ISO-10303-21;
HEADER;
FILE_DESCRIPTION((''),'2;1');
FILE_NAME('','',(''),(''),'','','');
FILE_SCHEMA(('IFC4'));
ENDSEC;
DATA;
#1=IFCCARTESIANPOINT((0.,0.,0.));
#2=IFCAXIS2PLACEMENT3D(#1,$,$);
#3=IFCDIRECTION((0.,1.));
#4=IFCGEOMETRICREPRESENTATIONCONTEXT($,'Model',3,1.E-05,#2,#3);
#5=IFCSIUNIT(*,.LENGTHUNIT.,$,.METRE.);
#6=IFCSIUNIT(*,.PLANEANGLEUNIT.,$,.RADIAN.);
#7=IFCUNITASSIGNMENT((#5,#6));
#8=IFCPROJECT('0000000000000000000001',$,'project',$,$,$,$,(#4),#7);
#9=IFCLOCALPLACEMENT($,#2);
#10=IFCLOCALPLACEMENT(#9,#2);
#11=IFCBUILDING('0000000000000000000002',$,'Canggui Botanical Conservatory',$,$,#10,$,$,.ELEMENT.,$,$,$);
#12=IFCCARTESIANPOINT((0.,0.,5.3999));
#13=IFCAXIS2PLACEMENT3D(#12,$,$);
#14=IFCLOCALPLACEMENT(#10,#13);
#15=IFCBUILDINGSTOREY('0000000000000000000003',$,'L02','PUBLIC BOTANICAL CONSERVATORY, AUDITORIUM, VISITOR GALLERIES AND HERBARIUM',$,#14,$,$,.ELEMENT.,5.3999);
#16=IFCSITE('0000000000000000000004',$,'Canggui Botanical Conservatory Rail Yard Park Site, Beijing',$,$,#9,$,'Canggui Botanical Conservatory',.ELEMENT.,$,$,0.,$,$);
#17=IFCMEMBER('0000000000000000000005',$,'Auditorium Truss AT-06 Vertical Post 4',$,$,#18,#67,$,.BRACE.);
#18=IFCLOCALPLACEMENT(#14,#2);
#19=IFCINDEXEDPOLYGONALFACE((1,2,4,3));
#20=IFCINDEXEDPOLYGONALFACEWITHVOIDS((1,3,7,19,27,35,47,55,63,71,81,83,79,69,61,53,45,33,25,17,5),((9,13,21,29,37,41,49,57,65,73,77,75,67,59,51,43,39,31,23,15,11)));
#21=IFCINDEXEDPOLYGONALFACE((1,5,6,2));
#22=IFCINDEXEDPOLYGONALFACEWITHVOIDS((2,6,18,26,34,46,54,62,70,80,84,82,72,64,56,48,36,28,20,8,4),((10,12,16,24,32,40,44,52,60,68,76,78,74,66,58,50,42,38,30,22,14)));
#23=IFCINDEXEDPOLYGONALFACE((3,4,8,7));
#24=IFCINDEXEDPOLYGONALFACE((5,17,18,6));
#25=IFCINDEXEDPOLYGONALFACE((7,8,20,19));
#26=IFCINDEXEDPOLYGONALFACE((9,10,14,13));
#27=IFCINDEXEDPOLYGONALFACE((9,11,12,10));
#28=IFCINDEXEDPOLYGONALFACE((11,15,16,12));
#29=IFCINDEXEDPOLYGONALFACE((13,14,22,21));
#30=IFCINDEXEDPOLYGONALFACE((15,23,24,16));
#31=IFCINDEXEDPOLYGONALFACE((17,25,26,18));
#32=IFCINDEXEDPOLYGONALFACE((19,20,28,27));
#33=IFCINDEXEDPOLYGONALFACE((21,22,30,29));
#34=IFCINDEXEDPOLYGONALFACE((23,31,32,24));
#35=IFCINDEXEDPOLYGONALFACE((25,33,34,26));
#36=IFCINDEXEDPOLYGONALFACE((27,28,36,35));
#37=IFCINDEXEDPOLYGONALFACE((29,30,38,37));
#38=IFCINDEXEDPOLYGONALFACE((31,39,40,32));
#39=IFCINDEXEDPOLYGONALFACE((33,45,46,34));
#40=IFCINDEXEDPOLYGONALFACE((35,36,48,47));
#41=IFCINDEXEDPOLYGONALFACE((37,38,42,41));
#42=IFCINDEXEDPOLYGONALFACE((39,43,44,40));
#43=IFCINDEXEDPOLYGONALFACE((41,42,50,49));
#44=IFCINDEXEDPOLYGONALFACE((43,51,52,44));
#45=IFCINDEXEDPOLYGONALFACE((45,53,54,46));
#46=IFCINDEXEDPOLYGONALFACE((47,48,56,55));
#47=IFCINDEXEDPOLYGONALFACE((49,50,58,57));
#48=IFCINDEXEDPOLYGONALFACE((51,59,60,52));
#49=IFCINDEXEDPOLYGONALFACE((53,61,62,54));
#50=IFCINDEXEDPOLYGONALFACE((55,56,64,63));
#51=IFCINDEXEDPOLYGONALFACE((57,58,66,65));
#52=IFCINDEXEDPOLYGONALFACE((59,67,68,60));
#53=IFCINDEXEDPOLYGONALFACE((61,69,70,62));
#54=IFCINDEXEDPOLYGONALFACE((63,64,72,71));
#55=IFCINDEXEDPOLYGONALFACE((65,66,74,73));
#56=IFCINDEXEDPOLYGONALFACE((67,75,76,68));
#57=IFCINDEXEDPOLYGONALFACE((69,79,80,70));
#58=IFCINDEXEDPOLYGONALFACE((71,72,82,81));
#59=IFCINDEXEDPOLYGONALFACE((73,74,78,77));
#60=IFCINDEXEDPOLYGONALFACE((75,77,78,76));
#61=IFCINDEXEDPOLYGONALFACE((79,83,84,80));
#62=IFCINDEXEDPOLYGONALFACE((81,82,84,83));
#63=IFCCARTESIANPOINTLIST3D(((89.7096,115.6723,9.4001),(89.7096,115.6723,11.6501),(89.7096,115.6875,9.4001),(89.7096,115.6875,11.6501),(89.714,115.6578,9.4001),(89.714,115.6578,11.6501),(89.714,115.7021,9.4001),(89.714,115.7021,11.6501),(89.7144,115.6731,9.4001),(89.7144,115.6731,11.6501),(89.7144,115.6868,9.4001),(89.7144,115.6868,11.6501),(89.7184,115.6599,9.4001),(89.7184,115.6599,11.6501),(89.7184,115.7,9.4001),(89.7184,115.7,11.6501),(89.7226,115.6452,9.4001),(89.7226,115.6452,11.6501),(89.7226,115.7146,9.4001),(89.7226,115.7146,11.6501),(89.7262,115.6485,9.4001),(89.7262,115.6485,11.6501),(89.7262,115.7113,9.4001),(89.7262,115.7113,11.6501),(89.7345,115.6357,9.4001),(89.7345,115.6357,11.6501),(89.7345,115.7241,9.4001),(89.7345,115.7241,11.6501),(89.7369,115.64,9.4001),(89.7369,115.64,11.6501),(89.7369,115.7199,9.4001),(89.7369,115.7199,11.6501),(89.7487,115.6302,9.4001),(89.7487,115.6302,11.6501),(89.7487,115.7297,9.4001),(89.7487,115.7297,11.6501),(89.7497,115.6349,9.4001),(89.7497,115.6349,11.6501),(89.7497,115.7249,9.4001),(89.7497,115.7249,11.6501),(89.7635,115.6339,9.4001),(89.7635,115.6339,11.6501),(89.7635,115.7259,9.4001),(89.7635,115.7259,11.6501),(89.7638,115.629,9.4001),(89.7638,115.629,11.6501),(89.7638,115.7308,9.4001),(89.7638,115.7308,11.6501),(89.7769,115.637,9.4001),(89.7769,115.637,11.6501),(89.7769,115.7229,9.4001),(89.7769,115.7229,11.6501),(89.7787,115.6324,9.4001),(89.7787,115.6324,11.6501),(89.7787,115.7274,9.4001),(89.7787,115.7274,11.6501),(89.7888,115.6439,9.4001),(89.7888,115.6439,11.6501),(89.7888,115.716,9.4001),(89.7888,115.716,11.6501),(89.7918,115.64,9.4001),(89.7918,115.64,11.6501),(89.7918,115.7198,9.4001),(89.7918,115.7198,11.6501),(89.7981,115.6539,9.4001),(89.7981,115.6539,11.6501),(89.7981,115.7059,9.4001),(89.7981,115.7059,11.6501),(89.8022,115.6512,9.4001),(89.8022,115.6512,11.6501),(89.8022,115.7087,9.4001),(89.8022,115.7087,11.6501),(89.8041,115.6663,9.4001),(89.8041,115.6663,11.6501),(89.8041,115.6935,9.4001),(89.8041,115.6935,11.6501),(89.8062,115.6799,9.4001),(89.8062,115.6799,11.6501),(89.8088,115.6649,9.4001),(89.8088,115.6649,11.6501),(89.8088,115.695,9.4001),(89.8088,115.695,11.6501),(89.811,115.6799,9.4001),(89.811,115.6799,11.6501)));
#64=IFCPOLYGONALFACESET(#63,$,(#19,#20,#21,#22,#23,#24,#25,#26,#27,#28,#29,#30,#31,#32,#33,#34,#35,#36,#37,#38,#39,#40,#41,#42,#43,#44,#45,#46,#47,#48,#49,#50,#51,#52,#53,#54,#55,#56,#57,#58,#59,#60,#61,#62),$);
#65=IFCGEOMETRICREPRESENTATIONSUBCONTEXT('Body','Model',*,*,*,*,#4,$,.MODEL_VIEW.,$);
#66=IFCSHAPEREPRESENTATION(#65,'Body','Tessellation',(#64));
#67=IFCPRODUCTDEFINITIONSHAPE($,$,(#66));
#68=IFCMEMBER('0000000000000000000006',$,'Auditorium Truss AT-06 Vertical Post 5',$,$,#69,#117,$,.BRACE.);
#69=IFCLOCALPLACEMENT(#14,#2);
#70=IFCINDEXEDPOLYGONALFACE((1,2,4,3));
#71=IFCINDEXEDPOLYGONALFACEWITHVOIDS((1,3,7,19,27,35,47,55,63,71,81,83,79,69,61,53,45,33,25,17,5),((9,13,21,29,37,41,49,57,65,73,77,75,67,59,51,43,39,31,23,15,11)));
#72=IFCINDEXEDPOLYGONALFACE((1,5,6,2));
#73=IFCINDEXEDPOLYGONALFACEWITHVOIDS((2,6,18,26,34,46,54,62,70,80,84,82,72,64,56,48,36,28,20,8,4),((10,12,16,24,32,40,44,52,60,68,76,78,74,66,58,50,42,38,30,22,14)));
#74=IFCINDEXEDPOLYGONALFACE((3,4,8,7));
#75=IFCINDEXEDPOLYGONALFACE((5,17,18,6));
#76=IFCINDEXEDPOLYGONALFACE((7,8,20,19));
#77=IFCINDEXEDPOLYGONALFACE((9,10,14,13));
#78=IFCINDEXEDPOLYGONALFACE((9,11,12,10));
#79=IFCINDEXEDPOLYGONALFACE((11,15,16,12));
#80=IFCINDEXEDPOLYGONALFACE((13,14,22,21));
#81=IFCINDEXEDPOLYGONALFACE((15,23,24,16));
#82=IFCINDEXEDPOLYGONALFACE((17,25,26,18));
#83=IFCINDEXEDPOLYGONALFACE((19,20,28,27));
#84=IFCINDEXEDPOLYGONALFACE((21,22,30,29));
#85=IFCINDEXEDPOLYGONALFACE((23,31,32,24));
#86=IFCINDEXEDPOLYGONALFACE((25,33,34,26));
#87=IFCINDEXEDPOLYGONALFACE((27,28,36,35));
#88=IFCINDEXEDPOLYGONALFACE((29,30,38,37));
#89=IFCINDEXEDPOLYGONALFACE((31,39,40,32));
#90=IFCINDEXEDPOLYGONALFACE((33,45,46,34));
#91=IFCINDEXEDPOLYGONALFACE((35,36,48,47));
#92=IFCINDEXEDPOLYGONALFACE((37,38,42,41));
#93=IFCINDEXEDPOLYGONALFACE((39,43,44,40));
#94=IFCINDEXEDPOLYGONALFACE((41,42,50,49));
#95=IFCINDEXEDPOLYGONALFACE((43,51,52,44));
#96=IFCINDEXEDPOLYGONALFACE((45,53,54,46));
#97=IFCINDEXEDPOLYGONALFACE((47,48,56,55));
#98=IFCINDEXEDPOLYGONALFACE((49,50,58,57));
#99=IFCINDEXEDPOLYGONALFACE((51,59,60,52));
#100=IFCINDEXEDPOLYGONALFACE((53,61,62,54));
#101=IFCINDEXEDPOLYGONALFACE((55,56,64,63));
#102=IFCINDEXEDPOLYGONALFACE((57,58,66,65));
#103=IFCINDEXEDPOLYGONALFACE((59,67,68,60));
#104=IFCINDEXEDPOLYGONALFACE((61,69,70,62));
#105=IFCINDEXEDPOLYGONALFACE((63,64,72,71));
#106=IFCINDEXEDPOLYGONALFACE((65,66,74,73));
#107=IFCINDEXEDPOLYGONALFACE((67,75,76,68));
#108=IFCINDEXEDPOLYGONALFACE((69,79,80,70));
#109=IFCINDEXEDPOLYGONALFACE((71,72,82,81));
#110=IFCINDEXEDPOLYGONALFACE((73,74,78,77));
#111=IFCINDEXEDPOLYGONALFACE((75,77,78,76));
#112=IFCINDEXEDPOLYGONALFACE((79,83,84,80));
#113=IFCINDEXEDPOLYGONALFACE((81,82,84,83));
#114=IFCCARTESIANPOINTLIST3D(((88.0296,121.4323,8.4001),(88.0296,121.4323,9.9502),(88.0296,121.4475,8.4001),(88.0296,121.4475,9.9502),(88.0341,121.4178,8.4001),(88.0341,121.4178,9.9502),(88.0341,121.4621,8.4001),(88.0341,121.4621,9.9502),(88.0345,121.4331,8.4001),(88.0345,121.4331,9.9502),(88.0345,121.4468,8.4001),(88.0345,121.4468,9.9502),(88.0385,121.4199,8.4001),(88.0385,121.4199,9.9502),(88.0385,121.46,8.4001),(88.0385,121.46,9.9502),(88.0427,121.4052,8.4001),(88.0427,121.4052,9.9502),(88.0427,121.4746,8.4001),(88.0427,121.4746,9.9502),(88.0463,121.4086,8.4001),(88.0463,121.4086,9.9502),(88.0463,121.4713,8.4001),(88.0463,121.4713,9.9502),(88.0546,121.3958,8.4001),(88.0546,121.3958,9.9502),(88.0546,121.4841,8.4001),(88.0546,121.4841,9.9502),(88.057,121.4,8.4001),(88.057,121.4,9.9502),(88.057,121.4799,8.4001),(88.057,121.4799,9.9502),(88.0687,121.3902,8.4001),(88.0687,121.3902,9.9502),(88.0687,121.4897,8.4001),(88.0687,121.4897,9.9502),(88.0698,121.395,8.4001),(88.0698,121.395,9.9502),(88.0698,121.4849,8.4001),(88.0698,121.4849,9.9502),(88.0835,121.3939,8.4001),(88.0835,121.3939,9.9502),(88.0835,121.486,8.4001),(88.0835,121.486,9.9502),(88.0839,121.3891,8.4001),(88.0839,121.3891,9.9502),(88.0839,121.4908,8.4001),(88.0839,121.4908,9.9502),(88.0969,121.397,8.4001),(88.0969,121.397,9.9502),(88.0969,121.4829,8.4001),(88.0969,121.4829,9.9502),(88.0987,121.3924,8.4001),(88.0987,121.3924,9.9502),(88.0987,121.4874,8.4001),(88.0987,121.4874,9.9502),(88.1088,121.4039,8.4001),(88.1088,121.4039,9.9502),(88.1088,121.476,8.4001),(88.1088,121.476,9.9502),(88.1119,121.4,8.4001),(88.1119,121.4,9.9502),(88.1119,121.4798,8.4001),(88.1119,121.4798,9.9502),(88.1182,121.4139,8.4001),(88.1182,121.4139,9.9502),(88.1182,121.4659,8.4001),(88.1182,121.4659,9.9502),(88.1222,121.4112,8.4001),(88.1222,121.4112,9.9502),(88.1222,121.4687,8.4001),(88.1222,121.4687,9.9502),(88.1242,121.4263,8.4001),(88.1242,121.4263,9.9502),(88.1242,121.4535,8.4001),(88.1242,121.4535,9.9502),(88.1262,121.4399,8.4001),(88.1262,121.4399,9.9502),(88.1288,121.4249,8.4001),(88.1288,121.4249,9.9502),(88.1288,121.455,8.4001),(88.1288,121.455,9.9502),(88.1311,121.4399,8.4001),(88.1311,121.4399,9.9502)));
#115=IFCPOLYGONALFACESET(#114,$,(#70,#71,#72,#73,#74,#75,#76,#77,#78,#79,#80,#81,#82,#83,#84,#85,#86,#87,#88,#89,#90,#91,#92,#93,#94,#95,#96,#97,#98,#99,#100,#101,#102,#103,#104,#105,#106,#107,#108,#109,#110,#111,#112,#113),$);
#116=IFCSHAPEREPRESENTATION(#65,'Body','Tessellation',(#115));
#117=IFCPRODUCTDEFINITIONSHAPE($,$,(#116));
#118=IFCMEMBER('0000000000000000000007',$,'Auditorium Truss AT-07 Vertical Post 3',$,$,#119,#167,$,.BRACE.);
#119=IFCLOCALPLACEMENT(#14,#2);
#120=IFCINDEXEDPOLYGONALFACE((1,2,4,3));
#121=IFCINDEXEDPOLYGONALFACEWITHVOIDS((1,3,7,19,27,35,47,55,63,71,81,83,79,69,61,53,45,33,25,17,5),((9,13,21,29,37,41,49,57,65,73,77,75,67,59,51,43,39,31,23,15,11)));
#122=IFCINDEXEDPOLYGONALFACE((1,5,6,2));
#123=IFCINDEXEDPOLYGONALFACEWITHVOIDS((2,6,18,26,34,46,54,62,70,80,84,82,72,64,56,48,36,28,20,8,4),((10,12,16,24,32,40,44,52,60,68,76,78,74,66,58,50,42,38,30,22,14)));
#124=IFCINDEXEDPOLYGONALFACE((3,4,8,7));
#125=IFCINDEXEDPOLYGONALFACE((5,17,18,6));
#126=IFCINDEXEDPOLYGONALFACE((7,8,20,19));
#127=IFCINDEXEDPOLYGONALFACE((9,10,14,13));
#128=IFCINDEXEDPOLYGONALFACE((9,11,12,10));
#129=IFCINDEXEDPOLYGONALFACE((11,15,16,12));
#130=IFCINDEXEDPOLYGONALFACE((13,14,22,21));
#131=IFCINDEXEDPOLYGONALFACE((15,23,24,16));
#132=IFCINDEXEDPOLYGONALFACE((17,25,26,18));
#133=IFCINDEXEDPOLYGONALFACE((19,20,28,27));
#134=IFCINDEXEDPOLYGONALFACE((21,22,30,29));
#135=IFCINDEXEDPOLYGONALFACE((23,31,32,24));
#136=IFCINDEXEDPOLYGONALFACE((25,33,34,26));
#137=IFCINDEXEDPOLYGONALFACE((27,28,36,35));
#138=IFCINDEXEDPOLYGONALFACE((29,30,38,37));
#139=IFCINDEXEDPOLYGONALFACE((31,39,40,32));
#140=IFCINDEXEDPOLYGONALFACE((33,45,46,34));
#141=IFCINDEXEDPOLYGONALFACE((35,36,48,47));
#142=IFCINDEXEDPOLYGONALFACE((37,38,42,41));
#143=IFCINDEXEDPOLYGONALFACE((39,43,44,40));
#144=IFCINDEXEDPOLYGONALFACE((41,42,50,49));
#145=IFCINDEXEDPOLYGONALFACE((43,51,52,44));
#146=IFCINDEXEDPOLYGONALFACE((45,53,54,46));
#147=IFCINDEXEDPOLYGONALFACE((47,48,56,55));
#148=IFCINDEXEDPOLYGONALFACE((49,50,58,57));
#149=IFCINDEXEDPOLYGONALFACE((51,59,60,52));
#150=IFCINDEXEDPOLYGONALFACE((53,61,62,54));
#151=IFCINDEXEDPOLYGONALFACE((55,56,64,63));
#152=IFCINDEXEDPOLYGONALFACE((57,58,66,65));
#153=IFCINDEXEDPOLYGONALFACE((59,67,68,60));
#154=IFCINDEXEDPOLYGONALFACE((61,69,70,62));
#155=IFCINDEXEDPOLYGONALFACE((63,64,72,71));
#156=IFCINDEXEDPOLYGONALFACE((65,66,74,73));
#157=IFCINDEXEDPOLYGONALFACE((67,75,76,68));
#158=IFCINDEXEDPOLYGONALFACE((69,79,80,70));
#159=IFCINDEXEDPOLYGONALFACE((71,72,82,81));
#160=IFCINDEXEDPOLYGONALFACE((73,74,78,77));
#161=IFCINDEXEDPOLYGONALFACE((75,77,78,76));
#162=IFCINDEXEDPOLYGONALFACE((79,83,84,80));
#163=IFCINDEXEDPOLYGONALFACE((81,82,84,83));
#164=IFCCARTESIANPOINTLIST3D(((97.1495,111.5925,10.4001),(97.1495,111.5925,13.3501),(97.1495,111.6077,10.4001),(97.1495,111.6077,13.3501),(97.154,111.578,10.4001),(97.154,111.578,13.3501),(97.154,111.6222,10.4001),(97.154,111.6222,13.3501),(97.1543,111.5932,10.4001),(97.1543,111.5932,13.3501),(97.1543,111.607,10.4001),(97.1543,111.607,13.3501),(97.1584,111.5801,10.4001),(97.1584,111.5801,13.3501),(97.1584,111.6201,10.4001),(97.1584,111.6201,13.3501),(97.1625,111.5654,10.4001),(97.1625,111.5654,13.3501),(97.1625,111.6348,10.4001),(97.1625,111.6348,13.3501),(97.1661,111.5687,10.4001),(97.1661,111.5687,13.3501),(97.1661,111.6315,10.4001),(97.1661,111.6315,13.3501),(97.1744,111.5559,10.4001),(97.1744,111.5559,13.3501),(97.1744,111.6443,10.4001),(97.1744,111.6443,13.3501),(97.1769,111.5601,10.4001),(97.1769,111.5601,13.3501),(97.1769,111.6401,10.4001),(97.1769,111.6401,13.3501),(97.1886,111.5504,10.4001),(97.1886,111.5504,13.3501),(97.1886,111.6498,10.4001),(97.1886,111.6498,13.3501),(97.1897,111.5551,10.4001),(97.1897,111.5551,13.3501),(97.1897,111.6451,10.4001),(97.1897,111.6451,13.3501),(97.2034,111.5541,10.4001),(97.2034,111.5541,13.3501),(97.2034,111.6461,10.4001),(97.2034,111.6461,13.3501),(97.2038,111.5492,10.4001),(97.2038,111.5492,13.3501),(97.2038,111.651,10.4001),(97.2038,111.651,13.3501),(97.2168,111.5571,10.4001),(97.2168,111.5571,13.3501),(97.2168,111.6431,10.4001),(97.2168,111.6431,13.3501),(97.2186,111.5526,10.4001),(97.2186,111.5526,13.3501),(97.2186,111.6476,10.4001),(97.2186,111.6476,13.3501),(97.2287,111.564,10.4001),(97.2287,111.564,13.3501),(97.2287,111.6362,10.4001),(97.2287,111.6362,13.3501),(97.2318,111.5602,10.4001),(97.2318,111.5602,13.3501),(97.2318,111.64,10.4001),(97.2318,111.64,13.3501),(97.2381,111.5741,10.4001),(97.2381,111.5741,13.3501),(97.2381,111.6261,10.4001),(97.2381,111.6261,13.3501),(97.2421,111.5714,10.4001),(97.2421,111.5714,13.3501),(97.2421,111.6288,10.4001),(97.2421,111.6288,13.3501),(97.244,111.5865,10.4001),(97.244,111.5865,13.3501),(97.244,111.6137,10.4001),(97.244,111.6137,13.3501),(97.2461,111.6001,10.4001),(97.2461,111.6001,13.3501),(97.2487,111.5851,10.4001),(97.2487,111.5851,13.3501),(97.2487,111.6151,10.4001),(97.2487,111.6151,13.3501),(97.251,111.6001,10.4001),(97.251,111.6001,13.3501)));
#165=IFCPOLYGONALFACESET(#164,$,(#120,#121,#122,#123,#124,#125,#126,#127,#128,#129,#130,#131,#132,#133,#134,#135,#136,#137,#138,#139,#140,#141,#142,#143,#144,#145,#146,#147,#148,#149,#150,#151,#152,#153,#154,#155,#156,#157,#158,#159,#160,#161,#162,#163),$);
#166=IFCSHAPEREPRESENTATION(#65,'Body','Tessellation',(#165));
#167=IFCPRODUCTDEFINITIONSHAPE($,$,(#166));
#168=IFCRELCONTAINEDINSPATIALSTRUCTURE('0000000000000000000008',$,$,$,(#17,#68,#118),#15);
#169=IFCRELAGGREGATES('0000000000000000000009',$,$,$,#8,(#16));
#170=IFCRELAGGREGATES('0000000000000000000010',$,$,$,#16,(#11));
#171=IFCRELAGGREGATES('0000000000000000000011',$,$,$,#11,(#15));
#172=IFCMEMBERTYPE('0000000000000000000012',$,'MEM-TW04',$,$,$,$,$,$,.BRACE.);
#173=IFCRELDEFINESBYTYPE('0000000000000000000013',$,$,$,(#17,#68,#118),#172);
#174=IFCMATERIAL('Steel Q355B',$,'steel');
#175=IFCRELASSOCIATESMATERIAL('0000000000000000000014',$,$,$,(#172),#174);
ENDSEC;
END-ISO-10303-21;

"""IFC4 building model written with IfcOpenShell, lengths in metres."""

from ifc_helpers import new_model, si_unit, direction, frame, origin, origin_2d, place, context, subcontext, project, spatial, hollow_circle, extrude, material, material_profile, profile_set, type_object, element, save


model = new_model("IFC4")

# Units and contexts
model_context = context("Model", 3, precision=1e-05, world=origin(), true_north=direction((0.0, 1.0)))
body_context = subcontext(model_context, "Body", "Model", "MODEL_VIEW")
ifc_project = project(units=[si_unit("LENGTHUNIT", "METRE"), si_unit("PLANEANGLEUNIT", "RADIAN")], contexts=[model_context])

# Site, building, storey
site_placement = place(None, origin())
site = spatial("IfcSite", under=ifc_project, at=site_placement, Name="Canggui Botanical Conservatory Rail Yard Park Site, Beijing", LongName="Canggui Botanical Conservatory", CompositionType="ELEMENT", RefElevation=0.0)
building_placement = place(site_placement, origin())
building = spatial("IfcBuilding", under=site, at=building_placement, Name="Canggui Botanical Conservatory", CompositionType="ELEMENT")
storey_placement = place(building_placement, frame((0.0, 0.0, 5.3999)))
storey = spatial("IfcBuildingStorey", under=building, at=storey_placement, Name="L02", Description="PUBLIC BOTANICAL CONSERVATORY, AUDITORIUM, VISITOR GALLERIES AND HERBARIUM", CompositionType="ELEMENT", Elevation=5.3999)

# Shared definitions
ifc_material_1 = material(Name="Steel Q355B", Category="steel")

# Members
ifc_material_profile_1 = material_profile(ifc_material_1, hollow_circle(Radius=0.051, WallThickness=0.0049, at=origin_2d()), Name="CHS 102x5")
ifc_profile_set_1 = profile_set([ifc_material_profile_1], Name="Steel Q355B")
member_type_1 = type_object("IfcMemberType", Name="MEM-TW04", PredefinedType="BRACE", material=ifc_profile_set_1)
member_1_placement = place(storey_placement, frame((89.76, 115.6799, 9.4001), z_axis=(0.0, 0.0, 1.0), x_axis=(1.0, 0.0, 0.0)))
element("IfcMember", 1, at=member_1_placement, inside=storey, type_object=member_type_1, Name="Auditorium Truss AT-06 Vertical Post 4", PredefinedType="BRACE", context=body_context, shape_type="SweptSolid", body=[
    extrude(hollow_circle(Radius=0.051, WallThickness=0.0049, at=origin_2d()), origin(), (0.0, 0.0, 1.0), 2.25),
])
member_2_placement = place(storey_placement, frame((88.0801, 121.4399, 8.4001), z_axis=(0.0, 0.0, 1.0), x_axis=(1.0, 0.0, 0.0)))
element("IfcMember", 2, at=member_2_placement, inside=storey, type_object=member_type_1, Name="Auditorium Truss AT-06 Vertical Post 5", PredefinedType="BRACE", context=body_context, shape_type="SweptSolid", body=[
    extrude(hollow_circle(Radius=0.051, WallThickness=0.0049, at=origin_2d()), origin(), (0.0, 0.0, 1.0), 1.55),
])
member_3_placement = place(storey_placement, frame((97.2, 111.6001, 10.4001), z_axis=(0.0, 0.0, 1.0), x_axis=(1.0, 0.0, 0.0)))
element("IfcMember", 3, at=member_3_placement, inside=storey, type_object=member_type_1, Name="Auditorium Truss AT-07 Vertical Post 3", PredefinedType="BRACE", context=body_context, shape_type="SweptSolid", body=[
    extrude(hollow_circle(Radius=0.051, WallThickness=0.0049, at=origin_2d()), origin(), (0.0, 0.0, 1.0), 2.95),
])

save(model, "model.ifc")
